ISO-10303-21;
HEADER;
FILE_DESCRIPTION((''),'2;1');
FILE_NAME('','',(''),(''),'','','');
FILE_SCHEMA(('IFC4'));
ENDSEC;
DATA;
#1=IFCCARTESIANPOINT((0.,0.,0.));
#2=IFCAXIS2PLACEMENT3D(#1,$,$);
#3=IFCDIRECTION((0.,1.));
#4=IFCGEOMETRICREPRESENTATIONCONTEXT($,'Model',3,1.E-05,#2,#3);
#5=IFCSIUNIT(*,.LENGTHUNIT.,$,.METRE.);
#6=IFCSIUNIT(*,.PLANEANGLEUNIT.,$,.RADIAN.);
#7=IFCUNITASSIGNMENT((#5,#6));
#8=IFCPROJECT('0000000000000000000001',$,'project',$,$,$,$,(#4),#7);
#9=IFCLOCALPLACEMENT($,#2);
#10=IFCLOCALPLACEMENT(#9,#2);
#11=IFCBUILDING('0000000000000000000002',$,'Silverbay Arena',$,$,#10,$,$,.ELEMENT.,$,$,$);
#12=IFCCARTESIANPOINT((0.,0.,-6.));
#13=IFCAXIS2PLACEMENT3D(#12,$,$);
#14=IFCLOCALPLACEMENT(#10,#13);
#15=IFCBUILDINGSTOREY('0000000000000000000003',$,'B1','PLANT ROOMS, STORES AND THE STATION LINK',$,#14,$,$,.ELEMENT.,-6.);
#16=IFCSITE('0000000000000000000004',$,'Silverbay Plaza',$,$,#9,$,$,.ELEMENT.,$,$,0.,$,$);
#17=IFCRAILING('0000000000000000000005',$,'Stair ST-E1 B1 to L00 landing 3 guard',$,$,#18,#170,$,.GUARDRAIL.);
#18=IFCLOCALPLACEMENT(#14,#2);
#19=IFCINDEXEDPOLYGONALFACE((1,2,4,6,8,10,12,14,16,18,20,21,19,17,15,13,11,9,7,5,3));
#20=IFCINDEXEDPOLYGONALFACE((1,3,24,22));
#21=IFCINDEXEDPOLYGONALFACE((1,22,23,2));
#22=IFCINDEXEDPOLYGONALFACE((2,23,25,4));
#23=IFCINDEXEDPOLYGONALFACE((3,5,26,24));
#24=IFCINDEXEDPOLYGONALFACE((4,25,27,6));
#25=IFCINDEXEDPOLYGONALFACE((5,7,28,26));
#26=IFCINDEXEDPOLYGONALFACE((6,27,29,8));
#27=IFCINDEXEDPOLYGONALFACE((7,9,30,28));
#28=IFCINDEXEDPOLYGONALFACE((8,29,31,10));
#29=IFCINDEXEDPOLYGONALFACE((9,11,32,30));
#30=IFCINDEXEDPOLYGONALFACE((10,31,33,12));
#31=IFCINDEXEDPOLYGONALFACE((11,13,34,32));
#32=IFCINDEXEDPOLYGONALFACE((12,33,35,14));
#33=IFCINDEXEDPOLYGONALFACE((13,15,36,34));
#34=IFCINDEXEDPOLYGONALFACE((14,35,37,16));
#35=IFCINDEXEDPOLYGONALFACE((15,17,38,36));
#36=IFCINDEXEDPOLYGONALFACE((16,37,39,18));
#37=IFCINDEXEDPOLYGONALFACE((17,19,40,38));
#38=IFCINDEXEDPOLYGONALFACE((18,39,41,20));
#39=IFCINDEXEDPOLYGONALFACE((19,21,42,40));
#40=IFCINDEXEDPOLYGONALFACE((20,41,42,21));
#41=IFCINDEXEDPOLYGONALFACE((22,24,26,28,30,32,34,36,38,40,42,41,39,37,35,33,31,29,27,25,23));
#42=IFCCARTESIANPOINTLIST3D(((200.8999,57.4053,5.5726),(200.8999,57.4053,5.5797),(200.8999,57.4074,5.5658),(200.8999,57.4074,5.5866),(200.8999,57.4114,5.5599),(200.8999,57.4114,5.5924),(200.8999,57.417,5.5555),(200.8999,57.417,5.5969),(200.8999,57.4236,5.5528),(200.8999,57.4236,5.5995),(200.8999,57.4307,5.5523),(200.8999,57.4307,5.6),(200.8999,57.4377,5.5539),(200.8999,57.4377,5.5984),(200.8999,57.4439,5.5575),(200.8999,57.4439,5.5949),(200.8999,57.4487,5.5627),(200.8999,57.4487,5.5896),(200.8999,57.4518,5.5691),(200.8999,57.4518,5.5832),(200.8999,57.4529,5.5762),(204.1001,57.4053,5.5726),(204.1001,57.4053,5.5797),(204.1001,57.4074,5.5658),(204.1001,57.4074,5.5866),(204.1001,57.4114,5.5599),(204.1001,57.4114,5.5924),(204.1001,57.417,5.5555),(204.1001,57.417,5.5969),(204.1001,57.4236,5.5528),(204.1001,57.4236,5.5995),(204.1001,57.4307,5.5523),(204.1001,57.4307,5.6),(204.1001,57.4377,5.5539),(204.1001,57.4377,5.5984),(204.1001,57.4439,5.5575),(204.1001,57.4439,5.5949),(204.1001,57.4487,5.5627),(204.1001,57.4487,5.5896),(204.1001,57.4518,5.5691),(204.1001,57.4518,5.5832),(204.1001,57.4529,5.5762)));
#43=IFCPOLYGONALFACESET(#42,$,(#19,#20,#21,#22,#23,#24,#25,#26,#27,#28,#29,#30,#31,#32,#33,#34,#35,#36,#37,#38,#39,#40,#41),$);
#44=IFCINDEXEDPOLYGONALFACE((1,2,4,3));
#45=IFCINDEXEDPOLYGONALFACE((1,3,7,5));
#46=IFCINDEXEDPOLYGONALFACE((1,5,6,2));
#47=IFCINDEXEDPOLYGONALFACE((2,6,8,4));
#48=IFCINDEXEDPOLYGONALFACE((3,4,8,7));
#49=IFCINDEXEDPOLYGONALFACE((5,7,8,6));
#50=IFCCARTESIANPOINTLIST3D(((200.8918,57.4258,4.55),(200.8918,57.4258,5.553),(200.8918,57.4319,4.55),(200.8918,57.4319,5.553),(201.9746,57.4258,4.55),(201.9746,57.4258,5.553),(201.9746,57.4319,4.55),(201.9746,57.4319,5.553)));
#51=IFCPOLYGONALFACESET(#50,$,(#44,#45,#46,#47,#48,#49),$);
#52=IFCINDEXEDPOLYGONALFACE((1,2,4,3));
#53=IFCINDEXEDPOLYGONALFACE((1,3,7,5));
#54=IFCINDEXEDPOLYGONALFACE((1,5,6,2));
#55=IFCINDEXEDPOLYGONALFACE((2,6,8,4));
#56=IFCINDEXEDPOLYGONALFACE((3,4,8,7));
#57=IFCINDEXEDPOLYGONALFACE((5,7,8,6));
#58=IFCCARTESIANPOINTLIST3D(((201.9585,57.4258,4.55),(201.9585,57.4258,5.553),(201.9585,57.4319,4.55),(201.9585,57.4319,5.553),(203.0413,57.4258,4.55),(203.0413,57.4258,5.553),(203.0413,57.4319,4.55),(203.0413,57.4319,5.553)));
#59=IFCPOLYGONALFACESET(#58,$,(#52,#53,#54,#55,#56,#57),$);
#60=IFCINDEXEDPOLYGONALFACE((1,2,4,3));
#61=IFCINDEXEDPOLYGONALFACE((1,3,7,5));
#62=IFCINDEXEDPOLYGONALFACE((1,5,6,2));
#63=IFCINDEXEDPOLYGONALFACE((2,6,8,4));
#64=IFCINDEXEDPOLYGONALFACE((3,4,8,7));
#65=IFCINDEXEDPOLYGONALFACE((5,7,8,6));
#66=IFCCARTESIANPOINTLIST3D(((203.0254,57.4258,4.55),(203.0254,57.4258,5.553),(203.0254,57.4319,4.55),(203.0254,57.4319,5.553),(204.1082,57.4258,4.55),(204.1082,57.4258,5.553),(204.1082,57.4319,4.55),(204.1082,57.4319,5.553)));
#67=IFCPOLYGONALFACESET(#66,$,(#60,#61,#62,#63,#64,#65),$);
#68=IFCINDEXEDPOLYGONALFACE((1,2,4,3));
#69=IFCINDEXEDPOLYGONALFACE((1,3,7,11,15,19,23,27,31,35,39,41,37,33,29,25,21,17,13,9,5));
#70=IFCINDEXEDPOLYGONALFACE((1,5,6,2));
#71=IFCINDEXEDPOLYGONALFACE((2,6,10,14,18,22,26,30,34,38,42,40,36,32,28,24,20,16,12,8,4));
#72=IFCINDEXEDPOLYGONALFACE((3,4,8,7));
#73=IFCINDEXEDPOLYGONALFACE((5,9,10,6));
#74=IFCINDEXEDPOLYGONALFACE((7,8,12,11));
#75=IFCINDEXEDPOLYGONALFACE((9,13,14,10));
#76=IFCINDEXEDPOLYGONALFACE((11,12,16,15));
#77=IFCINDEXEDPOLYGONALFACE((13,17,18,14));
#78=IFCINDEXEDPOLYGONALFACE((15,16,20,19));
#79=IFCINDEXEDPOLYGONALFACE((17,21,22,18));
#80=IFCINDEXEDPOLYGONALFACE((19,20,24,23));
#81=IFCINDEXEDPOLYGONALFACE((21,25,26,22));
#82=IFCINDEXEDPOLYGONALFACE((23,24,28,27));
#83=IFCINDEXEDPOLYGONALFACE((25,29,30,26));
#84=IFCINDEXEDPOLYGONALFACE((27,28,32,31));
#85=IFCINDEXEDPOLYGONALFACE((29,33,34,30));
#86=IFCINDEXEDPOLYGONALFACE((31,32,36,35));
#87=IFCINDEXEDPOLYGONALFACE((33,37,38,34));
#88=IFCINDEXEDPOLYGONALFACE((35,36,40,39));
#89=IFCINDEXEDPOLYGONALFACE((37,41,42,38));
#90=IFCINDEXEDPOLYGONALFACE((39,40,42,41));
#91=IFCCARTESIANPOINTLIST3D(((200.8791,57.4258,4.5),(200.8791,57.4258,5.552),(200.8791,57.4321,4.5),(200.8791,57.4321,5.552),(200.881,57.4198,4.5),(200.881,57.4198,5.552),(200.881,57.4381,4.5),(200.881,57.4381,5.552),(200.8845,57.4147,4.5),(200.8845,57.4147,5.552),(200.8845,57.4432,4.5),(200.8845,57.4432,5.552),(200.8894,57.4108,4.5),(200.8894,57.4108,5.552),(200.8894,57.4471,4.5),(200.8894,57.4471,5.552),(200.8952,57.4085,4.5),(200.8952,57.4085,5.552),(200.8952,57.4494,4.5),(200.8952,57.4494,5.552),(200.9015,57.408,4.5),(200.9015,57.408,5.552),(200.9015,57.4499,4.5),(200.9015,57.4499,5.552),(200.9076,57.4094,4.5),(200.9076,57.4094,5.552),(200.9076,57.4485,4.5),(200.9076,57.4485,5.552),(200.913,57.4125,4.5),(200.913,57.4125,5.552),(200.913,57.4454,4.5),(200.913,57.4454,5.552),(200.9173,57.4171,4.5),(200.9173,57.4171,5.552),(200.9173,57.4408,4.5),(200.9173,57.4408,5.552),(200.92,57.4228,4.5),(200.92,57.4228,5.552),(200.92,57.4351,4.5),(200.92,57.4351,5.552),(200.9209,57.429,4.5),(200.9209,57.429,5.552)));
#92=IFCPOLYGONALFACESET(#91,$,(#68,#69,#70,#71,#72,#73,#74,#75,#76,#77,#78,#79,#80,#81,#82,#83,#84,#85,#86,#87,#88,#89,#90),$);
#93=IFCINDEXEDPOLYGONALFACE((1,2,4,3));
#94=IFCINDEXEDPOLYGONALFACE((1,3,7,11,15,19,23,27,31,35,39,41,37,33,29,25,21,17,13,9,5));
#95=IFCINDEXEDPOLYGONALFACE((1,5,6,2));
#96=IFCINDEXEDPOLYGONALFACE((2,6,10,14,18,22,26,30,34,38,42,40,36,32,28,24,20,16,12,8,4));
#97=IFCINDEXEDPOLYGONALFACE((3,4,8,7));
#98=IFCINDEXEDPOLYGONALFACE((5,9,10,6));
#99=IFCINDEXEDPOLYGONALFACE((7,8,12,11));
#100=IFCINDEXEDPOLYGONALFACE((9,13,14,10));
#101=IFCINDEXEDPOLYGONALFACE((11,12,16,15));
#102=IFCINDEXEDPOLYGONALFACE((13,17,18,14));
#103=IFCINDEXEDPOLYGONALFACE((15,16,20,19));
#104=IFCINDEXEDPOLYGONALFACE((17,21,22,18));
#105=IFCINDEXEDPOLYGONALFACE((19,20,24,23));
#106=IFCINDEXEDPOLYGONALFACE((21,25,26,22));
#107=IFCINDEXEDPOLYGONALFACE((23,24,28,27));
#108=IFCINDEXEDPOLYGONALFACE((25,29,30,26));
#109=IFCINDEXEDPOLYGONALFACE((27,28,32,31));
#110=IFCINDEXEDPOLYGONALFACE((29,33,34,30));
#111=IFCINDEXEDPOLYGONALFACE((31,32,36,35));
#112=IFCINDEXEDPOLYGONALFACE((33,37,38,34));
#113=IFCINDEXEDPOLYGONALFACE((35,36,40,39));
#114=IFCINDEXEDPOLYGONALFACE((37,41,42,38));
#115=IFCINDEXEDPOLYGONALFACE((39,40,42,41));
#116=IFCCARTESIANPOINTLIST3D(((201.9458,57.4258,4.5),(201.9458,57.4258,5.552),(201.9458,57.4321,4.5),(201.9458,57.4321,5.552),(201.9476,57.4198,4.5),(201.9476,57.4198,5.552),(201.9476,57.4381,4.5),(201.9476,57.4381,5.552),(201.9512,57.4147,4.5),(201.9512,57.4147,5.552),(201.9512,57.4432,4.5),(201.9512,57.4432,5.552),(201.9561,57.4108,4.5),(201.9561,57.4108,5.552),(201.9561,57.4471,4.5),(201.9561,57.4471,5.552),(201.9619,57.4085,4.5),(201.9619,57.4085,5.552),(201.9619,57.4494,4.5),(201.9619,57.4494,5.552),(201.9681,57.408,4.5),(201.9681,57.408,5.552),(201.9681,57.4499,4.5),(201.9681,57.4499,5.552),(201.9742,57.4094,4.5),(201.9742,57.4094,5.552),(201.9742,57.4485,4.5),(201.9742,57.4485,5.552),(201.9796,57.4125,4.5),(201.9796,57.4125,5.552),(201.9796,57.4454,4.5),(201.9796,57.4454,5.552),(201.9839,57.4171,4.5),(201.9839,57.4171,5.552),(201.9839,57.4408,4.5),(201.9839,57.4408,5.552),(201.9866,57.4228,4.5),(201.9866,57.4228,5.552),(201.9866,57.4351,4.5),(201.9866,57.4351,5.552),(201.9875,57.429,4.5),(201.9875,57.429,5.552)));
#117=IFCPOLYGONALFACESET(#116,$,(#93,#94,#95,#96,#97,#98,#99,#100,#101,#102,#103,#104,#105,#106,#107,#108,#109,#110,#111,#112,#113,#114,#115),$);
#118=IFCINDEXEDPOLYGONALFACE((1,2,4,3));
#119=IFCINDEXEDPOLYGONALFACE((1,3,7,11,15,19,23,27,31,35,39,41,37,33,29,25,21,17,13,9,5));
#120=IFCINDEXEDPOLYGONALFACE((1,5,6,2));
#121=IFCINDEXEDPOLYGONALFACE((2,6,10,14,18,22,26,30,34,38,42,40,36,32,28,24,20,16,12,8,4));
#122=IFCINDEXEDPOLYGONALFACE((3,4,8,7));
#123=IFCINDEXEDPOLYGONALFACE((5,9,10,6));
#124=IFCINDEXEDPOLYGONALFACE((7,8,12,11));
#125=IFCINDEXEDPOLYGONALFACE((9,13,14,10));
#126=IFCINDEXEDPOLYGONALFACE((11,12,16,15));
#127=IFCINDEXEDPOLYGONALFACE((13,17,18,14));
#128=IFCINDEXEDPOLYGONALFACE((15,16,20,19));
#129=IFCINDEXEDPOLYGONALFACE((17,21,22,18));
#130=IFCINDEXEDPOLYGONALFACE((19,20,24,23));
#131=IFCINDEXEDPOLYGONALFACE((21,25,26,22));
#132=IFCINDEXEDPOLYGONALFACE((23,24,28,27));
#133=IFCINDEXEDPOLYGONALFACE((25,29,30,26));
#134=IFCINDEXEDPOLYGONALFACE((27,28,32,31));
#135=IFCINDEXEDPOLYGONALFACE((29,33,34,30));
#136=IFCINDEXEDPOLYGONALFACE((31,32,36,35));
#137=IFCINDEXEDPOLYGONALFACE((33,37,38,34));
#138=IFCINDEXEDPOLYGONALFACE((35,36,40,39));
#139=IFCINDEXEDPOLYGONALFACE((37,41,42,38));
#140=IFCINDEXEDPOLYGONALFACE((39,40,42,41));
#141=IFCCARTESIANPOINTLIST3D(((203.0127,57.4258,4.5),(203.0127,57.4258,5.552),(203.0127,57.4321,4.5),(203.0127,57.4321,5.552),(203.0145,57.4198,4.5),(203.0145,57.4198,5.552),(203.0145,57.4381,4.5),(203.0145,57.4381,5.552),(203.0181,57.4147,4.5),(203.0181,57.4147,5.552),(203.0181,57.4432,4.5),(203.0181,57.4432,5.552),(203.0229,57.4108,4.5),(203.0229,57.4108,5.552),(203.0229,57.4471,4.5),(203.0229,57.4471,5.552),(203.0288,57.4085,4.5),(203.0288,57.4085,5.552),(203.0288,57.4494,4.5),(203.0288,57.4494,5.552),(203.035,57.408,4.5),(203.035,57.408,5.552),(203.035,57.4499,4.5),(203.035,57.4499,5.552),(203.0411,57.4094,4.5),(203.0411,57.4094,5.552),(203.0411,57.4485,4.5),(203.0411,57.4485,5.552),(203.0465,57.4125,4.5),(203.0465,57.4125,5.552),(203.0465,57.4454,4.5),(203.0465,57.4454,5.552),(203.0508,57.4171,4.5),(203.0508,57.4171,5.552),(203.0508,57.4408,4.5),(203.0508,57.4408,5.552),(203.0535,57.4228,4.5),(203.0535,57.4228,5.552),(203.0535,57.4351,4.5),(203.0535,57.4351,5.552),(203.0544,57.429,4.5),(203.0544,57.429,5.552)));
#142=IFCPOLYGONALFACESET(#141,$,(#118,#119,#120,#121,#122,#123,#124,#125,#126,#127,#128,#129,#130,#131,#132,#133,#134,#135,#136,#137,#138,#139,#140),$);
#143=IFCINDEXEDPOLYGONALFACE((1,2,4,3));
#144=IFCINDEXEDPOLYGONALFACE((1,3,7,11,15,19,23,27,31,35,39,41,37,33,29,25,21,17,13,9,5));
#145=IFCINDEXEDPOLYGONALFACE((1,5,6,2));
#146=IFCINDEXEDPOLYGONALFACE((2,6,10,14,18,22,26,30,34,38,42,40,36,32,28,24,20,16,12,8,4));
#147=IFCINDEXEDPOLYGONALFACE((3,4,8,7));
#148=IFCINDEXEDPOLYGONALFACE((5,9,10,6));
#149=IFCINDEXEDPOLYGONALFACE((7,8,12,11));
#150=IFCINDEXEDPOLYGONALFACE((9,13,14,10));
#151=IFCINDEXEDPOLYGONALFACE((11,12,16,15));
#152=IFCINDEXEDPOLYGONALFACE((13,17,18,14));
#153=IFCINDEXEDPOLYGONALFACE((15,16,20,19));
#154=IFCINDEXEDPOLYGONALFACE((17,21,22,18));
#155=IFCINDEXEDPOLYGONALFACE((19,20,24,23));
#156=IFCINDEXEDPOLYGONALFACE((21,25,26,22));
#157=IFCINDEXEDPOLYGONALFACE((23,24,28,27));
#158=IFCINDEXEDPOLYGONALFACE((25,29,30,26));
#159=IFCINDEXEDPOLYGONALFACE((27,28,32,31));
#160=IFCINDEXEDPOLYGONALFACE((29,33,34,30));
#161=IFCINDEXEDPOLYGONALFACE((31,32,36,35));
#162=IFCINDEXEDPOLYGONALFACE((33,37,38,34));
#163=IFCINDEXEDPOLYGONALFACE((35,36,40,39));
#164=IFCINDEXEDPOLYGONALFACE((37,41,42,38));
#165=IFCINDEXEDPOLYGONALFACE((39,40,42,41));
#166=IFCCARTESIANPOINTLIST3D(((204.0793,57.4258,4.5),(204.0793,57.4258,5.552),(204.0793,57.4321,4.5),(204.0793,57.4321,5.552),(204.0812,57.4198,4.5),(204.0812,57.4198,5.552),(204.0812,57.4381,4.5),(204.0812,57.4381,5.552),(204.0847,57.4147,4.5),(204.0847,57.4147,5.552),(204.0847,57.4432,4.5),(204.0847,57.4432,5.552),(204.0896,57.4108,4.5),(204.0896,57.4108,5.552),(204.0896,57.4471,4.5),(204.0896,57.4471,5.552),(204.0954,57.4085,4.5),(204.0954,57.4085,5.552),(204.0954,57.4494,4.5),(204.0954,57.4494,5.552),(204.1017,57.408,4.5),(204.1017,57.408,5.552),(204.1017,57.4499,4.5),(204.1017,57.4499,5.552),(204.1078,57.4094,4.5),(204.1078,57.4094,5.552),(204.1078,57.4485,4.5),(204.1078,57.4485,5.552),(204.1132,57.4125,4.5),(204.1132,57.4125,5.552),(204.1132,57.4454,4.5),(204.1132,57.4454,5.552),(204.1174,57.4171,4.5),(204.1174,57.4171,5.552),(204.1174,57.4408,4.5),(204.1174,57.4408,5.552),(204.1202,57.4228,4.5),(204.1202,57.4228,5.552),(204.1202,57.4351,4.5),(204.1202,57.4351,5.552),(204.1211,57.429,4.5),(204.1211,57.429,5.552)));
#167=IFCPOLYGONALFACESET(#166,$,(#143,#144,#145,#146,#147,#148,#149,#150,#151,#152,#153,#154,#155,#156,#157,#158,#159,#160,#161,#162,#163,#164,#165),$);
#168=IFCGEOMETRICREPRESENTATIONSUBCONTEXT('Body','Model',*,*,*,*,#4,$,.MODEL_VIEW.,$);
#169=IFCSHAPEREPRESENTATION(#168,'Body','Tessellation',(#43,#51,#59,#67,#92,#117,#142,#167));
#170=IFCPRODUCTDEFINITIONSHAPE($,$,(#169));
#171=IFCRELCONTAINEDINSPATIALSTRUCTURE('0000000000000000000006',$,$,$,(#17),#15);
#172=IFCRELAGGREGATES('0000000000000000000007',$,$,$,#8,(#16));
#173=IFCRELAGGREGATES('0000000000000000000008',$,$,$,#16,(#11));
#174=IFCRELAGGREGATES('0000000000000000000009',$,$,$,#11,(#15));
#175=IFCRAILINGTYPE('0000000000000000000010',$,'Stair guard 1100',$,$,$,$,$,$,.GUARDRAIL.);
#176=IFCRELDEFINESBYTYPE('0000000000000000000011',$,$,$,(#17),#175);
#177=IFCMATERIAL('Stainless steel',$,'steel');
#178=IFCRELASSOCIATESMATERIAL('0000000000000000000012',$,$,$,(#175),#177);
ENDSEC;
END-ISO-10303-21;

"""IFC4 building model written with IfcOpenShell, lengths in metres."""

from ifc_helpers import new_model, si_unit, direction, frame, origin, origin_2d, place, context, subcontext, project, spatial, polyline, circle, outline, extrude, material, type_object, element, save


model = new_model("IFC4")

# Units and contexts
model_context = context("Model", 3, precision=1e-05, world=origin(), true_north=direction((0.0, 1.0)))
body_context = subcontext(model_context, "Body", "Model", "MODEL_VIEW")
ifc_project = project(units=[si_unit("LENGTHUNIT", "METRE"), si_unit("PLANEANGLEUNIT", "RADIAN")], contexts=[model_context])

# Site, building, storey
site_placement = place(None, origin())
site = spatial("IfcSite", under=ifc_project, at=site_placement, Name="Silverbay Plaza", CompositionType="ELEMENT", RefElevation=0.0)
building_placement = place(site_placement, origin())
building = spatial("IfcBuilding", under=site, at=building_placement, Name="Silverbay Arena", CompositionType="ELEMENT")
storey_placement = place(building_placement, frame((0.0, 0.0, -6.0)))
storey = spatial("IfcBuildingStorey", under=building, at=storey_placement, Name="B1", Description="PLANT ROOMS, STORES AND THE STATION LINK", CompositionType="ELEMENT", Elevation=-6.0)

# Railing
ifc_material_1 = material(Name="Stainless steel", Category="steel")
railing_type_1 = type_object("IfcRailingType", Name="Stair guard 1100", PredefinedType="GUARDRAIL", material=ifc_material_1)
for number, where, name in (
    (1, (200.8999, 57.429, 4.5), "Stair ST-E1 B1 to L00 landing 3 guard"),
):
    element("IfcRailing", number, at=place(storey_placement, frame(where)), inside=storey, type_object=railing_type_1, Name=name, PredefinedType="GUARDRAIL", context=body_context, shape_type="SweptSolid", body=[
        extrude(circle(Radius=0.0239, at=origin_2d()), frame((0.0, 0.0, 1.0762), z_axis=(1.0, 0.0, 0.0), x_axis=(0.0, 1.0, 0.0)), (0.0, 0.0, 1.0), 3.2002),
        extrude(outline(polyline([(-0.0081, 0.05), (1.0747, 0.05), (1.0747, 1.053), (-0.0081, 1.053), (-0.0081, 0.05)])), frame((0.0, 0.0029, 0.0), z_axis=(0.0, -1.0, 0.0), x_axis=(1.0, 0.0, 0.0)), (0.0, 0.0, 1.0), 0.0061),
        extrude(outline(polyline([(-0.0081, 0.05), (1.0747, 0.05), (1.0747, 1.053), (-0.0081, 1.053), (-0.0081, 0.05)])), frame((1.0667, 0.0029, 0.0), z_axis=(0.0, -1.0, 0.0), x_axis=(1.0, 0.0, 0.0)), (0.0, 0.0, 1.0), 0.0061),
        extrude(outline(polyline([(-0.0081, 0.05), (1.0747, 0.05), (1.0747, 1.053), (-0.0081, 1.053), (-0.0081, 0.05)])), frame((2.1335, 0.0029, 0.0), z_axis=(0.0, -1.0, 0.0), x_axis=(1.0, 0.0, 0.0)), (0.0, 0.0, 1.0), 0.0061),
        extrude(circle(Radius=0.021, at=origin_2d()), origin(), (0.0, 0.0, 1.0), 1.052),
        extrude(circle(Radius=0.021, at=origin_2d()), frame((1.0667, 0.0, 0.0)), (0.0, 0.0, 1.0), 1.052),
        extrude(circle(Radius=0.021, at=origin_2d()), frame((2.1335, 0.0, 0.0)), (0.0, 0.0, 1.0), 1.052),
        extrude(circle(Radius=0.021, at=origin_2d()), frame((3.2002, 0.0, 0.0)), (0.0, 0.0, 1.0), 1.052),
    ])

save(model, "model.ifc")
